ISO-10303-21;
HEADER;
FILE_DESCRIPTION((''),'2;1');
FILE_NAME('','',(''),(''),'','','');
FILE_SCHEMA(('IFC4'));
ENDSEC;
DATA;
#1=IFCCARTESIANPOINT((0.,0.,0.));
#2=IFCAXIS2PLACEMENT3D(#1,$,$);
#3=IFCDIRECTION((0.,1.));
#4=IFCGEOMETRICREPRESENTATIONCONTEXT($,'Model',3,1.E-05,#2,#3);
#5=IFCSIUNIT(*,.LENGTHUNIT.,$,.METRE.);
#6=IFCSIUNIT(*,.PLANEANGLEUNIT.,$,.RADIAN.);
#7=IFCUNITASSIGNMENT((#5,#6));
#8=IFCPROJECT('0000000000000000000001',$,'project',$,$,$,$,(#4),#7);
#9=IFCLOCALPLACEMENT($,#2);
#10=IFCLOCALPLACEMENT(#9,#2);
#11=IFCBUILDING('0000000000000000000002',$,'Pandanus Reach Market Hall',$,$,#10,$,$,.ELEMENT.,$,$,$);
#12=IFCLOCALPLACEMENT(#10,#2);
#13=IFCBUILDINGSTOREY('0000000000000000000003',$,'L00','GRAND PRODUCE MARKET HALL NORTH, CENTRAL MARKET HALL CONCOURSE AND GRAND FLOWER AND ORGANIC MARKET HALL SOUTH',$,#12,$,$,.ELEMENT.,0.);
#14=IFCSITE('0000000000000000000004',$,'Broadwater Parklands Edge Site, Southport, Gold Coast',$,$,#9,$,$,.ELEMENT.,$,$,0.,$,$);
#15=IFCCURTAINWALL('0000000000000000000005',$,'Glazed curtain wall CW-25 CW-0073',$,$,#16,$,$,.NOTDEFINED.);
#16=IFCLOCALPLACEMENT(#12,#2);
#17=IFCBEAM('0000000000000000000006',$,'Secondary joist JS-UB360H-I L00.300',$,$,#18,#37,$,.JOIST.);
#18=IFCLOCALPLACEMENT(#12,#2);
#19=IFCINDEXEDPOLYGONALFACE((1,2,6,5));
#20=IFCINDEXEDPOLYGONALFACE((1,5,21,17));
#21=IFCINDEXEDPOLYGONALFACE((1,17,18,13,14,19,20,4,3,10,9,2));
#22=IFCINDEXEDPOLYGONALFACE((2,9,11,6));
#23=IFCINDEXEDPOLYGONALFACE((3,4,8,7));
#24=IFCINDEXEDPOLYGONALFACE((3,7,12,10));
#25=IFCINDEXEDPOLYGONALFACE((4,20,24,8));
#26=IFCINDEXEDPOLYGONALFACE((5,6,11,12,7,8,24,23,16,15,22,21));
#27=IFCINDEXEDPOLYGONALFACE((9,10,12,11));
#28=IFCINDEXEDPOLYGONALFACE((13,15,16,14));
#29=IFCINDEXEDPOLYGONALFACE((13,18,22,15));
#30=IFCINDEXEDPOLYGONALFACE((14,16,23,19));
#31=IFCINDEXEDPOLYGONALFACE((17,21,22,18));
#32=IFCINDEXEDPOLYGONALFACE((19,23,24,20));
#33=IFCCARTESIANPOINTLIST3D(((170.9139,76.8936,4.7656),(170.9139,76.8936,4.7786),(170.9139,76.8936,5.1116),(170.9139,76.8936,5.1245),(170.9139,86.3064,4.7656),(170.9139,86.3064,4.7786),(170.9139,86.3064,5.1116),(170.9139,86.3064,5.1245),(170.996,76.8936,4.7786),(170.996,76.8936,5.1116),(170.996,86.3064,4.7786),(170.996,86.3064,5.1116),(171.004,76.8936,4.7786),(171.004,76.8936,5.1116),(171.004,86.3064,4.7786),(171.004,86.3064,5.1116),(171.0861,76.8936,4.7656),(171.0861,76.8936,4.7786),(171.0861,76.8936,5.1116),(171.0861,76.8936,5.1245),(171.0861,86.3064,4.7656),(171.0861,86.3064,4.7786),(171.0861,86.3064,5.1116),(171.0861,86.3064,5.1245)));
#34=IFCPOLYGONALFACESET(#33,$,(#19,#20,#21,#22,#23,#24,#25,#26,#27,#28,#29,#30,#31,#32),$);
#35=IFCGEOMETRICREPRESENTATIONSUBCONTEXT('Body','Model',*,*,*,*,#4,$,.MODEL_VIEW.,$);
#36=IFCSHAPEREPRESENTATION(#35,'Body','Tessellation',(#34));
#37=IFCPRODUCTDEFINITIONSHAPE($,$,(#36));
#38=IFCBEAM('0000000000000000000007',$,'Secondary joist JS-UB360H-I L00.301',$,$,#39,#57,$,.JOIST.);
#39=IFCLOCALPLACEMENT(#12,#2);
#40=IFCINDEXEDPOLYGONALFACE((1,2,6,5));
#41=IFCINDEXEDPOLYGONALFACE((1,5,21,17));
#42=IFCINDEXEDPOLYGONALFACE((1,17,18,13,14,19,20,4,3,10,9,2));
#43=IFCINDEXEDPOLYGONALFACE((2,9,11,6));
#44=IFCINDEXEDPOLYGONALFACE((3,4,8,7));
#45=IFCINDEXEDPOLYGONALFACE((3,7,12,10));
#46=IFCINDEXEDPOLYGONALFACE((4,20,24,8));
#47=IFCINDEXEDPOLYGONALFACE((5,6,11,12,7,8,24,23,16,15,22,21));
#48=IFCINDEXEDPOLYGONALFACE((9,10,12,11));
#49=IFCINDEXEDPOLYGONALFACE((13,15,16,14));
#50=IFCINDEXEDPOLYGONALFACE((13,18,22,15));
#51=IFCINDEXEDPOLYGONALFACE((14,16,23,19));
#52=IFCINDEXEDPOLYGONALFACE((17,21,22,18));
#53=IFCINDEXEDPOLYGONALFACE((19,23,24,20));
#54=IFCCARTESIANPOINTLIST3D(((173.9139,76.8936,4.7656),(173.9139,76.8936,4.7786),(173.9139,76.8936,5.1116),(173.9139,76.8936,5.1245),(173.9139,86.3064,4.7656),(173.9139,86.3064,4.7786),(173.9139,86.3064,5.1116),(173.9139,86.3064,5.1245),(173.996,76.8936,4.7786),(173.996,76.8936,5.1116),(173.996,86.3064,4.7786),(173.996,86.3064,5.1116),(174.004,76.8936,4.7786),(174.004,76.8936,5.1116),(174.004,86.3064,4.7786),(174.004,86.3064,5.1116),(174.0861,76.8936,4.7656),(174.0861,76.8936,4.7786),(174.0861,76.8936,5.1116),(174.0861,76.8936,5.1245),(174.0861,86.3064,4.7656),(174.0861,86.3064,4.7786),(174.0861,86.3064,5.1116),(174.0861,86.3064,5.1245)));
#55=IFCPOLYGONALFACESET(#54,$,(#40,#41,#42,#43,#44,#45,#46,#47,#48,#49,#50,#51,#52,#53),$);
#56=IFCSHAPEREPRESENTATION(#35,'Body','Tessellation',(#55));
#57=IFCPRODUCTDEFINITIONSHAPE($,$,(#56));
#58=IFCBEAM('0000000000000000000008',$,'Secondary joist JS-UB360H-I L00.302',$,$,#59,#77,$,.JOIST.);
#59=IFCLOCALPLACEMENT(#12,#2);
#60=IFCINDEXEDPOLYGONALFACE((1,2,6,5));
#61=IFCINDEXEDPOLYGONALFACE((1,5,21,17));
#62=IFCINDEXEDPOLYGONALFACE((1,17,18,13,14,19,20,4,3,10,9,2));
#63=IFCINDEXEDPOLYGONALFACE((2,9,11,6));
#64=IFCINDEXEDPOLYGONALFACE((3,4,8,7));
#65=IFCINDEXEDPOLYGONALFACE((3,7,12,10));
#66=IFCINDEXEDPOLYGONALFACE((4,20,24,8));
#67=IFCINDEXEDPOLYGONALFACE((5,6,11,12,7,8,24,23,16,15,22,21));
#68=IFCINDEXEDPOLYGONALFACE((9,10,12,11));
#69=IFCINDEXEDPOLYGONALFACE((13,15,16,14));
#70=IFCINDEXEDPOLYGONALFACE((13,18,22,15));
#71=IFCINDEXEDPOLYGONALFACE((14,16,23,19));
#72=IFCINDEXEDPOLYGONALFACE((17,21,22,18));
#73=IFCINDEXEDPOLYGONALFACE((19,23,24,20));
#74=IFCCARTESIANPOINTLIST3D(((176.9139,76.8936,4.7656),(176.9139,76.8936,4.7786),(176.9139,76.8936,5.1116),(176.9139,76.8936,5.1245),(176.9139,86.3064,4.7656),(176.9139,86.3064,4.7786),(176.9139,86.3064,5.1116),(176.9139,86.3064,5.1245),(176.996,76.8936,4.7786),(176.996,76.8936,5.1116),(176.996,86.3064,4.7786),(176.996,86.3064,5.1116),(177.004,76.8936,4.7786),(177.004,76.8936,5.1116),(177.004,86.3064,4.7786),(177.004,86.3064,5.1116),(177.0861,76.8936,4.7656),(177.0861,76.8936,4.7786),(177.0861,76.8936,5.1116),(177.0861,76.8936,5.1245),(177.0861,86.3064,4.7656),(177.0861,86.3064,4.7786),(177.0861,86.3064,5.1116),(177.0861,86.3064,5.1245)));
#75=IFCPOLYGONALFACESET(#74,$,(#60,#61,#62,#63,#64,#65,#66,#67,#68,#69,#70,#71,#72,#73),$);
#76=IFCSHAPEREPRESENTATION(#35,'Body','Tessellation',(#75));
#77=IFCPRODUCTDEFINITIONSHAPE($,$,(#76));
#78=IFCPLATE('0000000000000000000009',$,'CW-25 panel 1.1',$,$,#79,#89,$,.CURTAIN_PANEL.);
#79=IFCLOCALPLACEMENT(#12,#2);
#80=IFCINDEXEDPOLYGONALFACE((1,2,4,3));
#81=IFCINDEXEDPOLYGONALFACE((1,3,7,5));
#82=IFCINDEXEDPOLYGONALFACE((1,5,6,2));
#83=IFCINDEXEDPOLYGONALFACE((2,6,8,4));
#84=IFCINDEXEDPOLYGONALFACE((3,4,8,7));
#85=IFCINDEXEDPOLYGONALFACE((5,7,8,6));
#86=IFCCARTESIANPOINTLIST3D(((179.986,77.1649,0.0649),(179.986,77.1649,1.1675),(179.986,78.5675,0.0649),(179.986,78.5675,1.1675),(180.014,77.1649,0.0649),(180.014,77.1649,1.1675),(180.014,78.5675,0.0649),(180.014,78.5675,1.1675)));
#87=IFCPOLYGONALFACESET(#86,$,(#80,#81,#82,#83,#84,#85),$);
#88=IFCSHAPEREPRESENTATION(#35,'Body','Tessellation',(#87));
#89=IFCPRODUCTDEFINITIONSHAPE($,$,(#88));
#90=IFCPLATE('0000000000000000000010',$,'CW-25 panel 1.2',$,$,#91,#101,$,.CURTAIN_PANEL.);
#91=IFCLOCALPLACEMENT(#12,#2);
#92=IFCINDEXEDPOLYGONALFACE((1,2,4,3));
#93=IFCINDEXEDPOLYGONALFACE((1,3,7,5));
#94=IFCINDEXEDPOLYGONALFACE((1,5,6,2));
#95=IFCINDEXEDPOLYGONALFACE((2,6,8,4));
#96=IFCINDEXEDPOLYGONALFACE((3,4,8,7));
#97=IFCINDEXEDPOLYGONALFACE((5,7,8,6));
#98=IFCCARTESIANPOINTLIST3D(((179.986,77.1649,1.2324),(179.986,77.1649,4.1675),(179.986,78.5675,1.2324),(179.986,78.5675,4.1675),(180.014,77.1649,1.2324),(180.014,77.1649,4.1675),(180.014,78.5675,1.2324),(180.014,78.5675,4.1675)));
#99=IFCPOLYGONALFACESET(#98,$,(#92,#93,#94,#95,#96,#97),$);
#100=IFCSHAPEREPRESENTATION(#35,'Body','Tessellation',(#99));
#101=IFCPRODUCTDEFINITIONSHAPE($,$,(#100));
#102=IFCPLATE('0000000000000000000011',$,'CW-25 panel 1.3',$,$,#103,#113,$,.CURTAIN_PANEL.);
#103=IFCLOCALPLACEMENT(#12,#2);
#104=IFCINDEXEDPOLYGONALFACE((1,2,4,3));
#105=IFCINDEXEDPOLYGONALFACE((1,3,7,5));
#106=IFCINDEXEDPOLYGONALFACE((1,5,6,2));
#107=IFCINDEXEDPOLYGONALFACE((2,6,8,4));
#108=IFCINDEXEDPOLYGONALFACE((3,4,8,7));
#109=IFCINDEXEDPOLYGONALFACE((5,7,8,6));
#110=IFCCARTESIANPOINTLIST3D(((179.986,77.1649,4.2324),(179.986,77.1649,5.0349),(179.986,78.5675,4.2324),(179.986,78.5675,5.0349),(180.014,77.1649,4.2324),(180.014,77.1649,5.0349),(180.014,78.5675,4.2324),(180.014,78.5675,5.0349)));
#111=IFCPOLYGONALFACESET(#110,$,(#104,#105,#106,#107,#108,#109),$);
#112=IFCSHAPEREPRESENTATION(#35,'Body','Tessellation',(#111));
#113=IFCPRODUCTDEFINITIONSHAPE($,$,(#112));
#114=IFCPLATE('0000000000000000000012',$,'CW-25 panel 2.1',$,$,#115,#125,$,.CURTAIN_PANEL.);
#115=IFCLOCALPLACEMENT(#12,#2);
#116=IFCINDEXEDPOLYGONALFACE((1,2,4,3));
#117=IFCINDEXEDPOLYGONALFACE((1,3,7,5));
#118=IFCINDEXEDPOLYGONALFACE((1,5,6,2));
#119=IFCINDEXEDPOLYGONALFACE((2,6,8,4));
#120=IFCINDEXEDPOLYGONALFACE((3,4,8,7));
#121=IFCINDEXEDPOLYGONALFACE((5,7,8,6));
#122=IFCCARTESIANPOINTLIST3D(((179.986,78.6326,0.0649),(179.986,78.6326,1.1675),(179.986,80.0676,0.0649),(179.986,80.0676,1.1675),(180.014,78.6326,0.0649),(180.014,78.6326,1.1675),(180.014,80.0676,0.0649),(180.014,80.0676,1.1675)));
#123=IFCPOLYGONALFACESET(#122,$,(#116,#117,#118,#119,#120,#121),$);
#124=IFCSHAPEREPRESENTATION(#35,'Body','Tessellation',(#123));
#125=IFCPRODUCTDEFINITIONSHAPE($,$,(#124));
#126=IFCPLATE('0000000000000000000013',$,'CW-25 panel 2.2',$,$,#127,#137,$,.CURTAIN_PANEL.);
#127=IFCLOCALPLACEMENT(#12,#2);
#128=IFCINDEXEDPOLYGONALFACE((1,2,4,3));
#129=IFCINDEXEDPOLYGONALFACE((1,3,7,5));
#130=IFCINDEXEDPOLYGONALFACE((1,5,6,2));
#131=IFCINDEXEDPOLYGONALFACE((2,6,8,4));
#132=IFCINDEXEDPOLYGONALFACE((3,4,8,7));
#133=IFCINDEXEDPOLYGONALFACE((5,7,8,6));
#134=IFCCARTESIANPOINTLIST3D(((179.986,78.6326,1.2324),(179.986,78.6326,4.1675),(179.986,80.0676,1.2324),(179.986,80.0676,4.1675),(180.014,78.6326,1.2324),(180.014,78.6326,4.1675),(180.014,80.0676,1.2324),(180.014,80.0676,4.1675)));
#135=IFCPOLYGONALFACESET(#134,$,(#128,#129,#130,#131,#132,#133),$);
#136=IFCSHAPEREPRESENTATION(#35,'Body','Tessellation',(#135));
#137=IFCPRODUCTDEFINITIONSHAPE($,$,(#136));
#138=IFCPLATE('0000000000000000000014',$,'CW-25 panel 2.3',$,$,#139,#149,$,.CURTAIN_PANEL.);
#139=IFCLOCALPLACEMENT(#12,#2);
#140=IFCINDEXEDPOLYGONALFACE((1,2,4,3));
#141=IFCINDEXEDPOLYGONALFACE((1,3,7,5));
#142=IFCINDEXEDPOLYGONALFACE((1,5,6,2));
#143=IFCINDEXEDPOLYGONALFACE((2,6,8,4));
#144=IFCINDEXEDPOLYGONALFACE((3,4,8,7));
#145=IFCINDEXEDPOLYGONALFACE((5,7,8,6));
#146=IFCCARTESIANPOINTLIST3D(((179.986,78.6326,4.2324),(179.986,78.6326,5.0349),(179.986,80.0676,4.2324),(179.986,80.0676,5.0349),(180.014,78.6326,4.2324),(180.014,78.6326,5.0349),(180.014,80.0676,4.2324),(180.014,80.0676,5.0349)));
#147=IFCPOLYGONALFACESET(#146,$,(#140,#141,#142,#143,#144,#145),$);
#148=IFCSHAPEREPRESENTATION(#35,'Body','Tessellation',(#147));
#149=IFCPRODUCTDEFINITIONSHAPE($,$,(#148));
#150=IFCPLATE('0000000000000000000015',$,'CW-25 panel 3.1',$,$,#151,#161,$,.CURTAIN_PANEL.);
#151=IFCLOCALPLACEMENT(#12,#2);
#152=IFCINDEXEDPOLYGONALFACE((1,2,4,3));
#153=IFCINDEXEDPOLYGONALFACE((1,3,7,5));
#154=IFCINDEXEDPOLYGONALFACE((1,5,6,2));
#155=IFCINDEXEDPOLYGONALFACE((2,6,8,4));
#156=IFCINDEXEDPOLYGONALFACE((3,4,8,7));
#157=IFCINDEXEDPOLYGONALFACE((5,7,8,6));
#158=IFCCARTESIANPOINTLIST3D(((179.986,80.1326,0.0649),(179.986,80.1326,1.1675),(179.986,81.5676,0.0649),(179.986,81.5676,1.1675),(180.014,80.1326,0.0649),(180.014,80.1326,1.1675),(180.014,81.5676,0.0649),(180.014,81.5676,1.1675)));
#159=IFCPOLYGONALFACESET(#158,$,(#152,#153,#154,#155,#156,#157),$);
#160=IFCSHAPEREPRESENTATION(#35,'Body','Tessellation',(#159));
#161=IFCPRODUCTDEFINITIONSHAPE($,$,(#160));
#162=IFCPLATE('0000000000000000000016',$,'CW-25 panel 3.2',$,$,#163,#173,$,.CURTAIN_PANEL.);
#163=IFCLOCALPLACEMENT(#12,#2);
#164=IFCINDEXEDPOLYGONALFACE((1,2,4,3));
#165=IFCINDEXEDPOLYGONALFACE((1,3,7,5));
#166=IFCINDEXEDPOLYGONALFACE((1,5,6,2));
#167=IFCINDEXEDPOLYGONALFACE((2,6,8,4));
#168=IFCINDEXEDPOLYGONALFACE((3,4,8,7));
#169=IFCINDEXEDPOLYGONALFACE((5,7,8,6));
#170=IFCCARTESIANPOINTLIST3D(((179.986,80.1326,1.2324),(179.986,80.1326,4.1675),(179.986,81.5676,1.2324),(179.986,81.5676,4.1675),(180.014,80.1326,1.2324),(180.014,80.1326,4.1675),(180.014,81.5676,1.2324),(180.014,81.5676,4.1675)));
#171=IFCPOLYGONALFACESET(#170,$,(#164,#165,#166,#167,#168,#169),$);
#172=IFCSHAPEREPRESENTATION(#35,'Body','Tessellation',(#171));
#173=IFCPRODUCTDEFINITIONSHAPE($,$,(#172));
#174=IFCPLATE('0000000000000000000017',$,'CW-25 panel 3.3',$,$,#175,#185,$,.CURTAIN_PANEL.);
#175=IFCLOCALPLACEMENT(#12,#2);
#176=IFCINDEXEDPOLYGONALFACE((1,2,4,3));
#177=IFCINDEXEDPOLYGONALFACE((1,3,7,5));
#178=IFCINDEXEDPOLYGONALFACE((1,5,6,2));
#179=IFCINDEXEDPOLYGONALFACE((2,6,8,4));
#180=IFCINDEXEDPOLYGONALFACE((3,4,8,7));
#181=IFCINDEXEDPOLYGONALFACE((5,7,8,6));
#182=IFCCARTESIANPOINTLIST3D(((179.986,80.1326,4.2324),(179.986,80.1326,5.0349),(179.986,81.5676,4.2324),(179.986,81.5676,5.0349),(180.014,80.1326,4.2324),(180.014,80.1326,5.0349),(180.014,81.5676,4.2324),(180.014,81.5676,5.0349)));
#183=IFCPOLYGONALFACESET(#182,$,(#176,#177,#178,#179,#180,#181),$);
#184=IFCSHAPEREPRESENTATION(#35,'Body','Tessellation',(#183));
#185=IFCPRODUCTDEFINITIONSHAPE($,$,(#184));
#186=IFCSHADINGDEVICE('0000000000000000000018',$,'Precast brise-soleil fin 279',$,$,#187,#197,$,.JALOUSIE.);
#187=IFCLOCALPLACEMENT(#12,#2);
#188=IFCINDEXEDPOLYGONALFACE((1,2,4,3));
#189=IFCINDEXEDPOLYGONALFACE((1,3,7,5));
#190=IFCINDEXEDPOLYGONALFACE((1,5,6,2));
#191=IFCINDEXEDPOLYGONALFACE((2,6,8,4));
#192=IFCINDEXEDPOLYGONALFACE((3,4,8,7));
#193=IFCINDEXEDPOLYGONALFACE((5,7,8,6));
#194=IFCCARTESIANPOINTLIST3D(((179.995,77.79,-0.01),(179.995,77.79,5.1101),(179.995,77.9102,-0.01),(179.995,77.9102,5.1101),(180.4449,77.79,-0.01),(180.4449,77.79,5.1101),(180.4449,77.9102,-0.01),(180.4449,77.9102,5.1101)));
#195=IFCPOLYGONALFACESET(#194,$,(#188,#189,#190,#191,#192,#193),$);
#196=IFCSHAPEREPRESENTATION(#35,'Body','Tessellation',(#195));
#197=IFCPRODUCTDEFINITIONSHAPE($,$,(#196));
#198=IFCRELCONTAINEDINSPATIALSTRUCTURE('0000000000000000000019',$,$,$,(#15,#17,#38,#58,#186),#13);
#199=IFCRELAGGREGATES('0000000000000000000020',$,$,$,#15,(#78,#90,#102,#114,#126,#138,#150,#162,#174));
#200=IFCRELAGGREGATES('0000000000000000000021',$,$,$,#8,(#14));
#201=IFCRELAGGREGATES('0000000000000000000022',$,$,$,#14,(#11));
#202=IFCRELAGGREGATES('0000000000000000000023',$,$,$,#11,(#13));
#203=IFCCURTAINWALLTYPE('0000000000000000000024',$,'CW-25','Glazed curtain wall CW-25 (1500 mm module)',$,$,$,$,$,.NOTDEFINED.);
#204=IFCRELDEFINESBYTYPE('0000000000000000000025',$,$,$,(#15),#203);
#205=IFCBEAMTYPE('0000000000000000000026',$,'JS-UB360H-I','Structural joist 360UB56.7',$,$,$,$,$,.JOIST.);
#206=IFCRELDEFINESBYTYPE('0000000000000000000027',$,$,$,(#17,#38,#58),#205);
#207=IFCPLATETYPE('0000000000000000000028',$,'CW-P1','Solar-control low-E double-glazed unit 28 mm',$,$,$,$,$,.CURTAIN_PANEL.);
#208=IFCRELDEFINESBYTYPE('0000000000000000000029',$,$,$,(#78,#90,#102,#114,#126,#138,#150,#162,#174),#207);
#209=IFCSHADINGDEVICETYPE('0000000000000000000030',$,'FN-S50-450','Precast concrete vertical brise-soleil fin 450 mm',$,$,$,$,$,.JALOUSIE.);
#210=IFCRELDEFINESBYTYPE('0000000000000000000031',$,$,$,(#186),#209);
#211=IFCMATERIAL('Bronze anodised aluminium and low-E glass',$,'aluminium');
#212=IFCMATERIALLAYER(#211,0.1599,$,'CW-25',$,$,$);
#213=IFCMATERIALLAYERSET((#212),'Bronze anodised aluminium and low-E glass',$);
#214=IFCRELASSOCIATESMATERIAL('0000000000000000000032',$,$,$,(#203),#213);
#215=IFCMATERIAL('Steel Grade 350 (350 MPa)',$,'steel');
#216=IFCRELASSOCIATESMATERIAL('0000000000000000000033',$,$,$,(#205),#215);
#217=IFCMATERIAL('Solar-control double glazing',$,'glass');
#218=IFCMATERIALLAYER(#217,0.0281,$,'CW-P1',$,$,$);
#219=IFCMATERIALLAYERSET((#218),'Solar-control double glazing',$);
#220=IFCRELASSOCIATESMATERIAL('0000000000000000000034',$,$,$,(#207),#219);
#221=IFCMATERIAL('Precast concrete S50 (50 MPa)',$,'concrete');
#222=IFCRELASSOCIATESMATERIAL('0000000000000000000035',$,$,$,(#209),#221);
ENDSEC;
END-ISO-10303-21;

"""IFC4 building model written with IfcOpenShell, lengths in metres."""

from ifc_helpers import new_model, si_unit, direction, frame, origin, origin_2d, place, context, subcontext, project, spatial, rectangle, i_section, extrude, material, layer, layer_set, material_profile, profile_set, type_object, element, aggregate, save


model = new_model("IFC4")

# Units and contexts
model_context = context("Model", 3, precision=1e-05, world=origin(), true_north=direction((0.0, 1.0)))
body_context = subcontext(model_context, "Body", "Model", "MODEL_VIEW")
ifc_project = project(units=[si_unit("LENGTHUNIT", "METRE"), si_unit("PLANEANGLEUNIT", "RADIAN")], contexts=[model_context])

# Site, building, storey
site_placement = place(None, origin())
site = spatial("IfcSite", under=ifc_project, at=site_placement, Name="Broadwater Parklands Edge Site, Southport, Gold Coast", CompositionType="ELEMENT", RefElevation=0.0)
building_placement = place(site_placement, origin())
building = spatial("IfcBuilding", under=site, at=building_placement, Name="Pandanus Reach Market Hall", CompositionType="ELEMENT")
storey_placement = place(building_placement, origin())
storey = spatial("IfcBuildingStorey", under=building, at=storey_placement, Name="L00", Description="GRAND PRODUCE MARKET HALL NORTH, CENTRAL MARKET HALL CONCOURSE AND GRAND FLOWER AND ORGANIC MARKET HALL SOUTH", CompositionType="ELEMENT", Elevation=0.0)

# Curtain wall
ifc_material_1 = material(Name="Bronze anodised aluminium and low-E glass", Category="aluminium")
ifc_layer_1 = layer(ifc_material_1, 0.1599, Name="CW-25")
ifc_layer_set_1 = layer_set([ifc_layer_1], Name="Bronze anodised aluminium and low-E glass")
curtain_wall_type = type_object("IfcCurtainWallType", Name="CW-25", Description="Glazed curtain wall CW-25 (1500 mm module)", PredefinedType="NOTDEFINED", material=ifc_layer_set_1)
curtain_wall_placement = place(storey_placement, origin())
curtain_wall = element("IfcCurtainWall", 1, at=curtain_wall_placement, inside=storey, type_object=curtain_wall_type, Name="Glazed curtain wall CW-25 CW-0073", PredefinedType="NOTDEFINED")

# Beams
ifc_material_2 = material(Name="Steel Grade 350 (350 MPa)", Category="steel")
ifc_material_profile_1 = material_profile(ifc_material_2, i_section(OverallWidth=0.1721, OverallDepth=0.3589, WebThickness=0.0081, FlangeThickness=0.0129, at=origin_2d()), Name="360UB56.7", Category="LoadBearing")
ifc_profile_set_1 = profile_set([ifc_material_profile_1], Name="Steel Grade 350 (350 MPa)")
beam_type_1 = type_object("IfcBeamType", Name="JS-UB360H-I", Description="Structural joist 360UB56.7", PredefinedType="JOIST", material=ifc_profile_set_1)
for number, where, z_axis, x_axis, name in (
    (2, (171.0, 76.8936, 4.9451), (0.0, 1.0, 0.0), (-1.0, 0.0, 0.0), "Secondary joist JS-UB360H-I L00.300"),
    (3, (174.0, 76.8936, 4.9451), (0.0, 1.0, 0.0), (-1.0, 0.0, 0.0), "Secondary joist JS-UB360H-I L00.301"),
    (4, (177.0, 76.8936, 4.9451), (0.0, 1.0, 0.0), (-1.0, 0.0, 0.0), "Secondary joist JS-UB360H-I L00.302"),
):
    element("IfcBeam", number, at=place(storey_placement, frame(where, z_axis=z_axis, x_axis=x_axis)), inside=storey, type_object=beam_type_1, Name=name, PredefinedType="JOIST", context=body_context, shape_type="SweptSolid", body=[
        extrude(i_section(OverallWidth=0.1721, OverallDepth=0.3589, WebThickness=0.0081, FlangeThickness=0.0129, at=origin_2d()), origin(), (0.0, 0.0, 1.0), 9.4128),
    ])

# Plates
ifc_material_3 = material(Name="Solar-control double glazing", Category="glass")
ifc_layer_2 = layer(ifc_material_3, 0.0281, Name="CW-P1")
ifc_layer_set_2 = layer_set([ifc_layer_2], Name="Solar-control double glazing")
plate_type = type_object("IfcPlateType", Name="CW-P1", Description="Solar-control low-E double-glazed unit 28 mm", PredefinedType="CURTAIN_PANEL", material=ifc_layer_set_2)
plate_1_placement = place(storey_placement, frame((180.0, 77.8662, 0.0649), z_axis=(0.0, 0.0, 1.0), x_axis=(0.0, 1.0, 0.0)))
plate_1 = element("IfcPlate", 5, at=plate_1_placement, type_object=plate_type, Name="CW-25 panel 1.1", PredefinedType="CURTAIN_PANEL", context=body_context, shape_type="SweptSolid", body=[
    extrude(rectangle(XDim=1.4026, YDim=0.0281, at=origin_2d()), origin(), (0.0, 0.0, 1.0), 1.1025),
])
plate_2_placement = place(storey_placement, frame((180.0, 77.8662, 1.2324), z_axis=(0.0, 0.0, 1.0), x_axis=(0.0, 1.0, 0.0)))
plate_2 = element("IfcPlate", 6, at=plate_2_placement, type_object=plate_type, Name="CW-25 panel 1.2", PredefinedType="CURTAIN_PANEL", context=body_context, shape_type="SweptSolid", body=[
    extrude(rectangle(XDim=1.4026, YDim=0.0281, at=origin_2d()), origin(), (0.0, 0.0, 1.0), 2.9351),
])
plate_3_placement = place(storey_placement, frame((180.0, 77.8662, 4.2324), z_axis=(0.0, 0.0, 1.0), x_axis=(0.0, 1.0, 0.0)))
plate_3 = element("IfcPlate", 7, at=plate_3_placement, type_object=plate_type, Name="CW-25 panel 1.3", PredefinedType="CURTAIN_PANEL", context=body_context, shape_type="SweptSolid", body=[
    extrude(rectangle(XDim=1.4026, YDim=0.0281, at=origin_2d()), origin(), (0.0, 0.0, 1.0), 0.8025),
])
plate_4_placement = place(storey_placement, frame((180.0, 79.3501, 0.0649), z_axis=(0.0, 0.0, 1.0), x_axis=(0.0, 1.0, 0.0)))
plate_4 = element("IfcPlate", 8, at=plate_4_placement, type_object=plate_type, Name="CW-25 panel 2.1", PredefinedType="CURTAIN_PANEL", context=body_context, shape_type="SweptSolid", body=[
    extrude(rectangle(XDim=1.4351, YDim=0.0281, at=origin_2d()), origin(), (0.0, 0.0, 1.0), 1.1025),
])
plate_5_placement = place(storey_placement, frame((180.0, 79.3501, 1.2324), z_axis=(0.0, 0.0, 1.0), x_axis=(0.0, 1.0, 0.0)))
plate_5 = element("IfcPlate", 9, at=plate_5_placement, type_object=plate_type, Name="CW-25 panel 2.2", PredefinedType="CURTAIN_PANEL", context=body_context, shape_type="SweptSolid", body=[
    extrude(rectangle(XDim=1.4351, YDim=0.0281, at=origin_2d()), origin(), (0.0, 0.0, 1.0), 2.9351),
])
plate_6_placement = place(storey_placement, frame((180.0, 79.3501, 4.2324), z_axis=(0.0, 0.0, 1.0), x_axis=(0.0, 1.0, 0.0)))
plate_6 = element("IfcPlate", 10, at=plate_6_placement, type_object=plate_type, Name="CW-25 panel 2.3", PredefinedType="CURTAIN_PANEL", context=body_context, shape_type="SweptSolid", body=[
    extrude(rectangle(XDim=1.4351, YDim=0.0281, at=origin_2d()), origin(), (0.0, 0.0, 1.0), 0.8025),
])
plate_7_placement = place(storey_placement, frame((180.0, 80.8501, 0.0649), z_axis=(0.0, 0.0, 1.0), x_axis=(0.0, 1.0, 0.0)))
plate_7 = element("IfcPlate", 11, at=plate_7_placement, type_object=plate_type, Name="CW-25 panel 3.1", PredefinedType="CURTAIN_PANEL", context=body_context, shape_type="SweptSolid", body=[
    extrude(rectangle(XDim=1.4351, YDim=0.0281, at=origin_2d()), origin(), (0.0, 0.0, 1.0), 1.1025),
])
plate_8_placement = place(storey_placement, frame((180.0, 80.8501, 1.2324), z_axis=(0.0, 0.0, 1.0), x_axis=(0.0, 1.0, 0.0)))
plate_8 = element("IfcPlate", 12, at=plate_8_placement, type_object=plate_type, Name="CW-25 panel 3.2", PredefinedType="CURTAIN_PANEL", context=body_context, shape_type="SweptSolid", body=[
    extrude(rectangle(XDim=1.4351, YDim=0.0281, at=origin_2d()), origin(), (0.0, 0.0, 1.0), 2.9351),
])
plate_9_placement = place(storey_placement, frame((180.0, 80.8501, 4.2324), z_axis=(0.0, 0.0, 1.0), x_axis=(0.0, 1.0, 0.0)))
plate_9 = element("IfcPlate", 13, at=plate_9_placement, type_object=plate_type, Name="CW-25 panel 3.3", PredefinedType="CURTAIN_PANEL", context=body_context, shape_type="SweptSolid", body=[
    extrude(rectangle(XDim=1.4351, YDim=0.0281, at=origin_2d()), origin(), (0.0, 0.0, 1.0), 0.8025),
])
aggregate(curtain_wall, [plate_1, plate_2, plate_3, plate_4, plate_5, plate_6, plate_7, plate_8, plate_9])

# Shading device
ifc_material_4 = material(Name="Precast concrete S50 (50 MPa)", Category="concrete")
shading_device_type = type_object("IfcShadingDeviceType", Name="FN-S50-450", Description="Precast concrete vertical brise-soleil fin 450 mm", PredefinedType="JALOUSIE", material=ifc_material_4)
for number, where, z_axis, x_axis, name in (
    (14, (180.22, 77.8501, -0.01), (0.0, 0.0, 1.0), (1.0, 0.0, 0.0), "Precast brise-soleil fin 279"),
):
    element("IfcShadingDevice", number, at=place(storey_placement, frame(where, z_axis=z_axis, x_axis=x_axis)), inside=storey, type_object=shading_device_type, Name=name, PredefinedType="JALOUSIE", context=body_context, shape_type="SweptSolid", body=[
        extrude(rectangle(XDim=0.45, YDim=0.1201, at=origin_2d()), origin(), (0.0, 0.0, 1.0), 5.1201),
    ])

save(model, "model.ifc")
